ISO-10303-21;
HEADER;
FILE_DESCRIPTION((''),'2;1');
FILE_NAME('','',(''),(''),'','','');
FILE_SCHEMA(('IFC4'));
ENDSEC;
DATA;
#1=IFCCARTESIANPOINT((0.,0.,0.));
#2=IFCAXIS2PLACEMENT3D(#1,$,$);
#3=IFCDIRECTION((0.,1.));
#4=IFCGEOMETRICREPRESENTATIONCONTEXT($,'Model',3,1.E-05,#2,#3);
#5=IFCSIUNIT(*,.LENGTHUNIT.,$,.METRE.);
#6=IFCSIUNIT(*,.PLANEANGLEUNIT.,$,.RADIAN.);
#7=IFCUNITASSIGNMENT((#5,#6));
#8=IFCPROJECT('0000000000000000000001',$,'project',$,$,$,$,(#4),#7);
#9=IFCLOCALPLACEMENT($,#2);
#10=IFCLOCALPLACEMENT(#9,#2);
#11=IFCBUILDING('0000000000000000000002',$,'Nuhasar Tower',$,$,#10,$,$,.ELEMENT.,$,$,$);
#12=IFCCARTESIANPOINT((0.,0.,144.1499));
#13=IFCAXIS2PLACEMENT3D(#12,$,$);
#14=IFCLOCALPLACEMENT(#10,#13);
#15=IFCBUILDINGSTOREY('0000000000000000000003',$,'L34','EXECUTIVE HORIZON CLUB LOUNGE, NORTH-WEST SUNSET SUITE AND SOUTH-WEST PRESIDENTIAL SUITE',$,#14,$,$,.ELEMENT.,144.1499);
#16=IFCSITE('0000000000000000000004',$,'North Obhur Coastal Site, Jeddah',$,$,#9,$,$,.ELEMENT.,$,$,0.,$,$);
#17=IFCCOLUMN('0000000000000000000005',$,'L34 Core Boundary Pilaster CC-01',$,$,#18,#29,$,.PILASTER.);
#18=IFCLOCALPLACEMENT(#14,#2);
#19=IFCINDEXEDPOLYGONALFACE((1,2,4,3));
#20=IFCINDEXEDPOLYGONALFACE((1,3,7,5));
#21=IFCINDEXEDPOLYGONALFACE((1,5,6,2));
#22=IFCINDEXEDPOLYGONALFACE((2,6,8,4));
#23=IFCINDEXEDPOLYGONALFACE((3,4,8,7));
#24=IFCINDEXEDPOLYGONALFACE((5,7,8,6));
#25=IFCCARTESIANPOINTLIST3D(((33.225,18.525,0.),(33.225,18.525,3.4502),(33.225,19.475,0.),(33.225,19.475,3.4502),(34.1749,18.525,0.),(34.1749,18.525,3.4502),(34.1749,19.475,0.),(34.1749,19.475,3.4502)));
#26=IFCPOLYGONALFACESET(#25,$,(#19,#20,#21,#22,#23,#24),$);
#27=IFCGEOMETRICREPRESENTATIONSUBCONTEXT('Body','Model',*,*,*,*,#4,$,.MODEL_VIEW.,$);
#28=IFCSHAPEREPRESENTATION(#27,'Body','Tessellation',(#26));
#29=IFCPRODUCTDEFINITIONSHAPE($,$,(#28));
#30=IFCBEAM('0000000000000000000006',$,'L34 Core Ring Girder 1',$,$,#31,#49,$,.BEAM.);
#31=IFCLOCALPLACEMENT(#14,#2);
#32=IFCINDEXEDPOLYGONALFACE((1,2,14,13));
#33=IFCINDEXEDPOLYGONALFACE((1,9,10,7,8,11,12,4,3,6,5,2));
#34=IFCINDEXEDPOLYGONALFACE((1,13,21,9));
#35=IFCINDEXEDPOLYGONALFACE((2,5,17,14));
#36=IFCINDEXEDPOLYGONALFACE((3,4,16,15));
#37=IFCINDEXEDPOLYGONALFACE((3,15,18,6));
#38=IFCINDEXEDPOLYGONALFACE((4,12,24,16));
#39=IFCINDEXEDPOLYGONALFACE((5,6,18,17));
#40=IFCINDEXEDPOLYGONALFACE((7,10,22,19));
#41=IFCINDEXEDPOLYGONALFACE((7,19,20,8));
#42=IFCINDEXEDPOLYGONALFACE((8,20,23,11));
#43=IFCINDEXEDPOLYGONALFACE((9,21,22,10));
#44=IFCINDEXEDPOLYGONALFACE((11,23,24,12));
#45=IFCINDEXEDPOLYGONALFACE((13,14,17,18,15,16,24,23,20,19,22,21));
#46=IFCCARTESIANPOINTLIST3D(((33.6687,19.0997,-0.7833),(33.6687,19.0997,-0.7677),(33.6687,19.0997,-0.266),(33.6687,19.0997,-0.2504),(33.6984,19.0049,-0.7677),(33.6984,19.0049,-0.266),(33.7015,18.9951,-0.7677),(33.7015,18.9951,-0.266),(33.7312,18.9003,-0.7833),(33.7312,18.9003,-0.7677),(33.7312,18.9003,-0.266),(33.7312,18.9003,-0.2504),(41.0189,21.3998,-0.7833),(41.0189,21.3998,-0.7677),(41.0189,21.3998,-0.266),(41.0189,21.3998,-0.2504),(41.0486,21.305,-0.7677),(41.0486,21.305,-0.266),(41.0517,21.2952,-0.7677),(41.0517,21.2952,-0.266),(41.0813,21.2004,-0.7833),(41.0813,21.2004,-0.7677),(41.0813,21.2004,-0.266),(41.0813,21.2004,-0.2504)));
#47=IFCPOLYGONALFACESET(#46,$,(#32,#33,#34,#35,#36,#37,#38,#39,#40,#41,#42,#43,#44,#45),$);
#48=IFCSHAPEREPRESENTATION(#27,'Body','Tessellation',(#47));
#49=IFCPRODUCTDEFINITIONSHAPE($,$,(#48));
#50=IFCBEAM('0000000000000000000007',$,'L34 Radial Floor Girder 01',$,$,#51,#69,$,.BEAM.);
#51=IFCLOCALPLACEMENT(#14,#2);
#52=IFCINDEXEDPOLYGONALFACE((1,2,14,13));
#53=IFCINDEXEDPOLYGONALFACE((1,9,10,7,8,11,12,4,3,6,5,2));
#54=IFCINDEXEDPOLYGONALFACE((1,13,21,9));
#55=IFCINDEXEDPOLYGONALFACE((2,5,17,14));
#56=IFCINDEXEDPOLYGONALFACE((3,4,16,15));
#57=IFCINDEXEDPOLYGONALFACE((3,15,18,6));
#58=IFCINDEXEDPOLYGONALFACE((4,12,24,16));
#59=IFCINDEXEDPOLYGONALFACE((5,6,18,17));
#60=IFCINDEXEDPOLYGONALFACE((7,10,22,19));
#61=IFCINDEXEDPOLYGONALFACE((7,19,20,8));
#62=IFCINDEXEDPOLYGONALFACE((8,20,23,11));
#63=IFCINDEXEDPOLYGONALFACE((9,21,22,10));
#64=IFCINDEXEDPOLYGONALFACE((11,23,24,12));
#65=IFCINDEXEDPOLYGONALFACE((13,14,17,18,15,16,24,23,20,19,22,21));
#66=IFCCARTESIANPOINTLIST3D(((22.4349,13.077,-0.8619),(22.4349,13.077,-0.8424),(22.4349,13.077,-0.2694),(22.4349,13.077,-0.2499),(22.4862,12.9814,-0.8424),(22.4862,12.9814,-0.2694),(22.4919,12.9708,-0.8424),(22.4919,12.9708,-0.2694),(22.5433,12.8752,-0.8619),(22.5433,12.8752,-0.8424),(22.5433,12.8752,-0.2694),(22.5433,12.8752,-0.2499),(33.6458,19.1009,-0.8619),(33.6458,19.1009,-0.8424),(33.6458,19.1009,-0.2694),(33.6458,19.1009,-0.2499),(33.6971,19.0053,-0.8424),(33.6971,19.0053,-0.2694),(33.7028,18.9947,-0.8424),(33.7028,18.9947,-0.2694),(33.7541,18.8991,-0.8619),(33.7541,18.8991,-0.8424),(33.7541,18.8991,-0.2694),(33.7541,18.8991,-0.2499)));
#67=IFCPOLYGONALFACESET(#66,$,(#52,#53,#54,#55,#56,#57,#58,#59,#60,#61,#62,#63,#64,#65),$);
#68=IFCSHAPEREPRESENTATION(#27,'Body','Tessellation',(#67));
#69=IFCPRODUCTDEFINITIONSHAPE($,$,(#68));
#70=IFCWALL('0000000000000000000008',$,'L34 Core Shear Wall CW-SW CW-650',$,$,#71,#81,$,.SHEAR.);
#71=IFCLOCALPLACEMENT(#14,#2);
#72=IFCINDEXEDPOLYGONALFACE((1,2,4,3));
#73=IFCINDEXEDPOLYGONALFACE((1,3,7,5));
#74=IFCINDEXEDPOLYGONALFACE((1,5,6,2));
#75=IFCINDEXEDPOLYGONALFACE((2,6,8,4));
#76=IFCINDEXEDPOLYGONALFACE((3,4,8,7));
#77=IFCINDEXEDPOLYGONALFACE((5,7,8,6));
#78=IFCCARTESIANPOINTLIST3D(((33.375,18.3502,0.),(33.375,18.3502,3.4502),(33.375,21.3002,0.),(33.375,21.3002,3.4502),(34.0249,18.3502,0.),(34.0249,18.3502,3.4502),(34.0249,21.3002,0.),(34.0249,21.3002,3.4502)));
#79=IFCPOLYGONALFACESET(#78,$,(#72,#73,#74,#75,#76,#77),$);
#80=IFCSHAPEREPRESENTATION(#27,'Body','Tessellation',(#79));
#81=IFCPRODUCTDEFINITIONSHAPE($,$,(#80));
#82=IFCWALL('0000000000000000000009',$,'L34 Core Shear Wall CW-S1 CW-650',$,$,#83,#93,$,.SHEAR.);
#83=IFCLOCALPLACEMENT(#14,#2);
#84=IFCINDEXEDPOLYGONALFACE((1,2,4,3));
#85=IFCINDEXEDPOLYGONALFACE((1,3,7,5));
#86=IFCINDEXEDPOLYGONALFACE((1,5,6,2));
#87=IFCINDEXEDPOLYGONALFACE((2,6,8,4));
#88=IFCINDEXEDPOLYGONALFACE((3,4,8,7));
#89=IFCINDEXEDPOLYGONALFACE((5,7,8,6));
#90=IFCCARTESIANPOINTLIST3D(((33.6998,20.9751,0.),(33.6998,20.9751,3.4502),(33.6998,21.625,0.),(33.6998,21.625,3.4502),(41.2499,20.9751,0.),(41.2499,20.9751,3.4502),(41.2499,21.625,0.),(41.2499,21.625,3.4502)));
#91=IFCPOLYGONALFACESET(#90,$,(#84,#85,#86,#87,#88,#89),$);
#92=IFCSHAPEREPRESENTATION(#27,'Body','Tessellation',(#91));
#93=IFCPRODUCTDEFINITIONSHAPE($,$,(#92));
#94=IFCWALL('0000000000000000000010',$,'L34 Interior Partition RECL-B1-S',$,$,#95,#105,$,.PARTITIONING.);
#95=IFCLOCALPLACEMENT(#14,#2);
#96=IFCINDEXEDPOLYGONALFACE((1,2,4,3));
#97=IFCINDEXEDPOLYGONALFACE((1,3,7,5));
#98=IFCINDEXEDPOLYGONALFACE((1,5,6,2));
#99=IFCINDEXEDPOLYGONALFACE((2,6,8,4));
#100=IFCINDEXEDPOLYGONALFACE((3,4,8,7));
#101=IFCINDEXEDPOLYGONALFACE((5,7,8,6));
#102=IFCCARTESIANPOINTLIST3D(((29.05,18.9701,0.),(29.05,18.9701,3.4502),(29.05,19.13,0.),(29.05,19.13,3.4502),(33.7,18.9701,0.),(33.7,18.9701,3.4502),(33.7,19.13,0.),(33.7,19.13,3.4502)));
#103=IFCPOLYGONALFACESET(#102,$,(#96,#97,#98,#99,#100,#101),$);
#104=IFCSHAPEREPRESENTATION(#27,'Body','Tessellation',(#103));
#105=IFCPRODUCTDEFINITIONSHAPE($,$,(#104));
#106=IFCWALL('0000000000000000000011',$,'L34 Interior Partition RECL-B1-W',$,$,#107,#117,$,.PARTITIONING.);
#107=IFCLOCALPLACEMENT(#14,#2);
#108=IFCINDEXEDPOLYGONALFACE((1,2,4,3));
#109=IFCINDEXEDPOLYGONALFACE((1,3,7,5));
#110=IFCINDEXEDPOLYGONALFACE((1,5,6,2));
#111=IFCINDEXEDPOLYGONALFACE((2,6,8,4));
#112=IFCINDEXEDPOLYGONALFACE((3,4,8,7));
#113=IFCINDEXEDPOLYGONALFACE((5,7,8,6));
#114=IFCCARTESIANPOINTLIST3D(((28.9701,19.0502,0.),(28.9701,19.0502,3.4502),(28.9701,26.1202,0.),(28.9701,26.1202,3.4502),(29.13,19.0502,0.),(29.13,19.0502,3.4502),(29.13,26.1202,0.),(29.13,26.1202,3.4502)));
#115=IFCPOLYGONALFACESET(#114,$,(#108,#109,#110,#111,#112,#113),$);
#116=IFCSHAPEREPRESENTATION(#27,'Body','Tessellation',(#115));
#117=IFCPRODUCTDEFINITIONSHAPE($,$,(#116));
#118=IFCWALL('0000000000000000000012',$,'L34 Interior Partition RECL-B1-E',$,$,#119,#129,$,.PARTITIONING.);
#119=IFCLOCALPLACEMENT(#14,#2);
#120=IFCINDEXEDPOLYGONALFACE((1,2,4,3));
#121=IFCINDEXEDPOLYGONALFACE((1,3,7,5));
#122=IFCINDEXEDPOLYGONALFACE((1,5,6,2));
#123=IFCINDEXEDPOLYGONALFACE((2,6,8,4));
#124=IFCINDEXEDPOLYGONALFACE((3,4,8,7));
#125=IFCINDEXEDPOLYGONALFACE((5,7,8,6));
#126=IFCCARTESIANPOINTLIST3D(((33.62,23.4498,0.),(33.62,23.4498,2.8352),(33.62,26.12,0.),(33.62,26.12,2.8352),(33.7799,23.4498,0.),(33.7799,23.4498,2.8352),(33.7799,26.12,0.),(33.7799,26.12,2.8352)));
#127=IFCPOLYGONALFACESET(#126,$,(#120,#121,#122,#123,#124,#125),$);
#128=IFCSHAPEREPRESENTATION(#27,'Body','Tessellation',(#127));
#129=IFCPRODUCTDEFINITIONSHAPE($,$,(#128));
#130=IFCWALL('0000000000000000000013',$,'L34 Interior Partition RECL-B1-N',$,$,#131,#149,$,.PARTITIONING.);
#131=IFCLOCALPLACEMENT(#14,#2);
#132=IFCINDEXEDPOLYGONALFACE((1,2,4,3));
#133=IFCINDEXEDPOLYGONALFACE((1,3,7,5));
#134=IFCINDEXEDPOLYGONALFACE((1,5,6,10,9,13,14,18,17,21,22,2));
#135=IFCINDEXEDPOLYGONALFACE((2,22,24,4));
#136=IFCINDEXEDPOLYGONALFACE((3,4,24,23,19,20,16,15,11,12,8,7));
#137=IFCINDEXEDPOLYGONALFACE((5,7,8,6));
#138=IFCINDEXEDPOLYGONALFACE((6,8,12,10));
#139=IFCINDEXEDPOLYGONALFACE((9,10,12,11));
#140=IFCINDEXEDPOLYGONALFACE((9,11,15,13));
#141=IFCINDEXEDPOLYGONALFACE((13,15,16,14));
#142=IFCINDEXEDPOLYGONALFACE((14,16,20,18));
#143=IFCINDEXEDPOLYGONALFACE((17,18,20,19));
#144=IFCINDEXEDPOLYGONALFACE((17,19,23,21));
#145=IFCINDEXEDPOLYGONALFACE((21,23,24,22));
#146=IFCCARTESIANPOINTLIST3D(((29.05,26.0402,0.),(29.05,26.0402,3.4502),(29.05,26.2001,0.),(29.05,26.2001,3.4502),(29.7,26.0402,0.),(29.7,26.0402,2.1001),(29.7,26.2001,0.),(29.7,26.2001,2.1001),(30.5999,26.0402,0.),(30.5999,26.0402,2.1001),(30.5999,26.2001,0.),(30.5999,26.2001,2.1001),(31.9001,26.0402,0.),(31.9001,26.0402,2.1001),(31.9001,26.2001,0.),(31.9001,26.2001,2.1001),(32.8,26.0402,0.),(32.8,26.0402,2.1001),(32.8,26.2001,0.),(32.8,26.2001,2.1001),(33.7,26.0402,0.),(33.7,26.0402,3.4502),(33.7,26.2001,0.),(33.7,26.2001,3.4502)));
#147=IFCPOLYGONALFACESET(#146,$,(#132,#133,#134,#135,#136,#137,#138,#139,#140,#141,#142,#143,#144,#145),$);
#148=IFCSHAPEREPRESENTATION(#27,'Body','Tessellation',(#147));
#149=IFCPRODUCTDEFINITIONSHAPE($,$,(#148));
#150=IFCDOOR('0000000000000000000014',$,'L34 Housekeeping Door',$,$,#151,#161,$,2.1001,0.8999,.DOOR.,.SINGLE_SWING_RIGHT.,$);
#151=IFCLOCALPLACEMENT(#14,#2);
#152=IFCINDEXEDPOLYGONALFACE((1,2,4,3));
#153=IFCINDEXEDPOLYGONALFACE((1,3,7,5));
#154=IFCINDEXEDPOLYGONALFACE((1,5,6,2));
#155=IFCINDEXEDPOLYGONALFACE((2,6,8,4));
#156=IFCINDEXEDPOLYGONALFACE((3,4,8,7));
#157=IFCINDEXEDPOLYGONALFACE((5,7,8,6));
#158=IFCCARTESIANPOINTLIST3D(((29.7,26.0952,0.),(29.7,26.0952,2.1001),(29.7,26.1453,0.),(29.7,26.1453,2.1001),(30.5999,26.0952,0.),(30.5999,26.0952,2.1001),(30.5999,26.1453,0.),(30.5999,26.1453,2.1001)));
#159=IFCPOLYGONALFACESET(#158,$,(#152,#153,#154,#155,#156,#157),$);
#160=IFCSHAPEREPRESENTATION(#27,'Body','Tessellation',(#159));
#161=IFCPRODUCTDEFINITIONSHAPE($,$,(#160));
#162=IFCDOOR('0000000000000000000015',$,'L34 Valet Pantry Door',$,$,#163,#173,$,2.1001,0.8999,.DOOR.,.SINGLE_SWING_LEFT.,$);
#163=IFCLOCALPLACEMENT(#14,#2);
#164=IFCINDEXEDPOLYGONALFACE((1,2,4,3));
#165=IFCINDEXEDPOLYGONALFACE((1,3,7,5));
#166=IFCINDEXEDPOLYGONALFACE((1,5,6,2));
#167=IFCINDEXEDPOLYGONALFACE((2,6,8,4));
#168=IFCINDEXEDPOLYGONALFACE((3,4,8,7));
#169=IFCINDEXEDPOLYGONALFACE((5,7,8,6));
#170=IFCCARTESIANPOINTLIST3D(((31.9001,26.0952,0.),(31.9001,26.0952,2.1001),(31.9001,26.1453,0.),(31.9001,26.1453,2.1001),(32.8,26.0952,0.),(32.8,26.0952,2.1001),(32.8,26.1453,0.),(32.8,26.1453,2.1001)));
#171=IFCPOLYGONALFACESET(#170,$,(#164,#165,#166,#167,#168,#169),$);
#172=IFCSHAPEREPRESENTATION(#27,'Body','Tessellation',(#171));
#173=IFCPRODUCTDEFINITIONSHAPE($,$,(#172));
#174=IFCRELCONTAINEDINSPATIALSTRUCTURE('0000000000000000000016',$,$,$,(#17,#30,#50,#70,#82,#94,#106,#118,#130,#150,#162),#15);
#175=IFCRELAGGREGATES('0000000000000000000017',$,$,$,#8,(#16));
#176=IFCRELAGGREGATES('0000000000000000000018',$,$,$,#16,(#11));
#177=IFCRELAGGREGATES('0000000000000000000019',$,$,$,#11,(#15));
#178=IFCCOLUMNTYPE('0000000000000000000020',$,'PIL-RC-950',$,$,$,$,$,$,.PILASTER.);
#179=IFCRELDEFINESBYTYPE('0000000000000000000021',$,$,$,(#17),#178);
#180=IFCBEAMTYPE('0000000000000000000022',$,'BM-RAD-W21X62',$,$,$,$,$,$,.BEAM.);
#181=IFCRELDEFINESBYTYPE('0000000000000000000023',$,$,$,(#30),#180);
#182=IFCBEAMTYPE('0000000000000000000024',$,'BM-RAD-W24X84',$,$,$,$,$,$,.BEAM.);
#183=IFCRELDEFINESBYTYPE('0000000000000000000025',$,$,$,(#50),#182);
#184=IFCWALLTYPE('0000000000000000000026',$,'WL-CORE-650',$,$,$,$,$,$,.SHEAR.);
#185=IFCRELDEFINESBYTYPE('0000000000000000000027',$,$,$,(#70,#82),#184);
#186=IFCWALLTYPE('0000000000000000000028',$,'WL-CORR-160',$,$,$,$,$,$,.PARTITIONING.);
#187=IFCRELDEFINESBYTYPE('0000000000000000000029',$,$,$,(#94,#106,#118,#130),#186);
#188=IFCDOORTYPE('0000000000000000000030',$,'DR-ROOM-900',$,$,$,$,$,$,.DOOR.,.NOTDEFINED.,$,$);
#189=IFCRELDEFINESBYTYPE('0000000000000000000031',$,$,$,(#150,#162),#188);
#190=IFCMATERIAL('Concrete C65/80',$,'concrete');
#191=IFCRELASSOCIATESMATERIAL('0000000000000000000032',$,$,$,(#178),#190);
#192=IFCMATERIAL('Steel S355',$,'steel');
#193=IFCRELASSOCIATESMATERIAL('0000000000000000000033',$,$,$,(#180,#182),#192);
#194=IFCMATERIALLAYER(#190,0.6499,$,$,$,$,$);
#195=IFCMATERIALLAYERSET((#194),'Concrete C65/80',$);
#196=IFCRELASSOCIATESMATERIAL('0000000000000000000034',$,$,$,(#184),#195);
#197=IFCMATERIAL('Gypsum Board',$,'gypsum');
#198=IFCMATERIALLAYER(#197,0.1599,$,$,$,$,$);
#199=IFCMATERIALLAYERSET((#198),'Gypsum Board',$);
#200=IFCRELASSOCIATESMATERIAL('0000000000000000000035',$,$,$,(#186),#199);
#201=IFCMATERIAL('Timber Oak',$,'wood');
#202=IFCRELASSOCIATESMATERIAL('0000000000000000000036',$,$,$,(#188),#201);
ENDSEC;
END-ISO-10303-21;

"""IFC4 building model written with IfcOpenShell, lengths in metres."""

from ifc_helpers import new_model, si_unit, direction, frame, frame_2d, origin, origin_2d, place, context, subcontext, project, spatial, rectangle, i_section, extrude, material, layer, layer_set, material_profile, profile_set, type_object, element, fill, save


model = new_model("IFC4")

# Units and contexts
model_context = context("Model", 3, precision=1e-05, world=origin(), true_north=direction((0.0, 1.0)))
body_context = subcontext(model_context, "Body", "Model", "MODEL_VIEW")
ifc_project = project(units=[si_unit("LENGTHUNIT", "METRE"), si_unit("PLANEANGLEUNIT", "RADIAN")], contexts=[model_context])

# Site, building, storey
site_placement = place(None, origin())
site = spatial("IfcSite", under=ifc_project, at=site_placement, Name="North Obhur Coastal Site, Jeddah", CompositionType="ELEMENT", RefElevation=0.0)
building_placement = place(site_placement, origin())
building = spatial("IfcBuilding", under=site, at=building_placement, Name="Nuhasar Tower", CompositionType="ELEMENT")
storey_placement = place(building_placement, frame((0.0, 0.0, 144.1499)))
storey = spatial("IfcBuildingStorey", under=building, at=storey_placement, Name="L34", Description="EXECUTIVE HORIZON CLUB LOUNGE, NORTH-WEST SUNSET SUITE AND SOUTH-WEST PRESIDENTIAL SUITE", CompositionType="ELEMENT", Elevation=144.1499)

# Column
ifc_material_1 = material(Name="Concrete C65/80", Category="concrete")
ifc_material_profile_1 = material_profile(ifc_material_1, rectangle(XDim=0.95, YDim=0.95, at=origin_2d()), Name="RC950X950")
ifc_profile_set_1 = profile_set([ifc_material_profile_1], Name="Concrete C65/80")
column_type = type_object("IfcColumnType", Name="PIL-RC-950", PredefinedType="PILASTER", material=ifc_profile_set_1)
column_placement = place(storey_placement, frame((33.7, 19.0, 0.0), z_axis=(0.0, 0.0, 1.0), x_axis=(1.0, 0.0, 0.0)))
element("IfcColumn", 1, at=column_placement, inside=storey, type_object=column_type, Name="L34 Core Boundary Pilaster CC-01", PredefinedType="PILASTER", context=body_context, shape_type="SweptSolid", body=[
    extrude(rectangle(XDim=0.95, YDim=0.95, at=origin_2d()), origin(), (0.0, 0.0, 1.0), 3.4502),
])

# Beams
ifc_material_2 = material(Name="Steel S355", Category="steel")
ifc_material_profile_2 = material_profile(ifc_material_2, i_section(OverallWidth=0.209, OverallDepth=0.533, WebThickness=0.0103, FlangeThickness=0.0156, at=origin_2d()), Name="W21X62")
ifc_profile_set_2 = profile_set([ifc_material_profile_2], Name="Steel S355")
beam_type_1 = type_object("IfcBeamType", Name="BM-RAD-W21X62", PredefinedType="BEAM", material=ifc_profile_set_2)
beam_1_placement = place(storey_placement, frame((33.7, 19.0, -0.5168), z_axis=(0.954364, 0.298647, 0.0), x_axis=(-0.298647, 0.954364, 0.0)))
element("IfcBeam", 2, at=beam_1_placement, inside=storey, type_object=beam_type_1, Name="L34 Core Ring Girder 1", PredefinedType="BEAM", context=body_context, shape_type="SweptSolid", body=[
    extrude(i_section(OverallWidth=0.209, OverallDepth=0.533, WebThickness=0.0103, FlangeThickness=0.0156, at=origin_2d()), origin(), (0.0, 0.0, 1.0), 7.7017),
])
ifc_material_profile_3 = material_profile(ifc_material_2, i_section(OverallWidth=0.229, OverallDepth=0.6121, WebThickness=0.012, FlangeThickness=0.0195, at=origin_2d()), Name="W24X84")
ifc_profile_set_3 = profile_set([ifc_material_profile_3], Name="Steel S355")
beam_type_2 = type_object("IfcBeamType", Name="BM-RAD-W24X84", PredefinedType="BEAM", material=ifc_profile_set_3)
beam_2_placement = place(storey_placement, frame((33.7, 19.0, -0.5559), z_axis=(-0.880888, -0.473324, 0.0), x_axis=(0.473324, -0.880888, 0.0)))
element("IfcBeam", 3, at=beam_2_placement, inside=storey, type_object=beam_type_2, Name="L34 Radial Floor Girder 01", PredefinedType="BEAM", context=body_context, shape_type="SweptSolid", body=[
    extrude(i_section(OverallWidth=0.229, OverallDepth=0.6121, WebThickness=0.012, FlangeThickness=0.0195, at=origin_2d()), origin(), (0.0, 0.0, 1.0), 12.7268),
])

# Walls
ifc_layer_1 = layer(ifc_material_1, 0.6499)
ifc_layer_set_1 = layer_set([ifc_layer_1], Name="Concrete C65/80")
wall_type_1 = type_object("IfcWallType", Name="WL-CORE-650", PredefinedType="SHEAR", material=ifc_layer_set_1)
wall_1_placement = place(storey_placement, frame((33.7, 18.3501, 0.0), z_axis=(0.0, 0.0, 1.0), x_axis=(0.0, 1.0, 0.0)))
element("IfcWall", 4, at=wall_1_placement, inside=storey, type_object=wall_type_1, Name="L34 Core Shear Wall CW-SW CW-650", PredefinedType="SHEAR", context=body_context, shape_type="SweptSolid", body=[
    extrude(rectangle(XDim=2.95, YDim=0.6499, at=frame_2d((1.4751, 0.0))), origin(), (0.0, 0.0, 1.0), 3.4502),
])
wall_2_placement = place(storey_placement, frame((33.7, 21.3, 0.0), z_axis=(0.0, 0.0, 1.0), x_axis=(1.0, 0.0, 0.0)))
element("IfcWall", 5, at=wall_2_placement, inside=storey, type_object=wall_type_1, Name="L34 Core Shear Wall CW-S1 CW-650", PredefinedType="SHEAR", context=body_context, shape_type="SweptSolid", body=[
    extrude(rectangle(XDim=7.55, YDim=0.6499, at=frame_2d((3.7749, 0.0))), origin(), (0.0, 0.0, 1.0), 3.4502),
])
ifc_material_3 = material(Name="Gypsum Board", Category="gypsum")
ifc_layer_2 = layer(ifc_material_3, 0.1599)
ifc_layer_set_2 = layer_set([ifc_layer_2], Name="Gypsum Board")
wall_type_2 = type_object("IfcWallType", Name="WL-CORR-160", PredefinedType="PARTITIONING", material=ifc_layer_set_2)
wall_3_placement = place(storey_placement, frame((29.05, 19.05, 0.0), z_axis=(0.0, 0.0, 1.0), x_axis=(1.0, 0.0, 0.0)))
element("IfcWall", 6, at=wall_3_placement, inside=storey, type_object=wall_type_2, Name="L34 Interior Partition RECL-B1-S", PredefinedType="PARTITIONING", context=body_context, shape_type="SweptSolid", body=[
    extrude(rectangle(XDim=4.6499, YDim=0.1599, at=frame_2d((2.325, 0.0))), origin(), (0.0, 0.0, 1.0), 3.4502),
])
wall_4_placement = place(storey_placement, frame((29.05, 19.05, 0.0), z_axis=(0.0, 0.0, 1.0), x_axis=(0.0, 1.0, 0.0)))
element("IfcWall", 7, at=wall_4_placement, inside=storey, type_object=wall_type_2, Name="L34 Interior Partition RECL-B1-W", PredefinedType="PARTITIONING", context=body_context, shape_type="SweptSolid", body=[
    extrude(rectangle(XDim=7.0701, YDim=0.1599, at=frame_2d((3.5352, 0.0))), origin(), (0.0, 0.0, 1.0), 3.4502),
])
wall_5_placement = place(storey_placement, frame((33.7, 23.45, 0.0), z_axis=(0.0, 0.0, 1.0), x_axis=(0.0, 1.0, 0.0)))
element("IfcWall", 8, at=wall_5_placement, inside=storey, type_object=wall_type_2, Name="L34 Interior Partition RECL-B1-E", PredefinedType="PARTITIONING", context=body_context, shape_type="SweptSolid", body=[
    extrude(rectangle(XDim=2.6702, YDim=0.1599, at=frame_2d((1.335, 0.0))), origin(), (0.0, 0.0, 1.0), 2.8352),
])

# Wall, openings, doors
wall_6_placement = place(storey_placement, frame((33.7, 26.1201, 0.0), z_axis=(0.0, 0.0, 1.0), x_axis=(-1.0, 0.0, 0.0)))
wall_6 = element("IfcWall", 9, at=wall_6_placement, inside=storey, type_object=wall_type_2, Name="L34 Interior Partition RECL-B1-N", PredefinedType="PARTITIONING", context=body_context, shape_type="SweptSolid", body=[
    extrude(rectangle(XDim=4.6499, YDim=0.1599, at=frame_2d((2.325, 0.0))), origin(), (0.0, 0.0, 1.0), 3.4502),
])
opening_1_placement = place(wall_6_placement, frame((3.1001, 0.0, 0.0)))
opening_1 = element("IfcOpeningElement", 10, at=opening_1_placement, cuts=wall_6, PredefinedType="OPENING", context=body_context, shape_type="SweptSolid", body=[
    extrude(rectangle(XDim=0.8999, YDim=2.1001, at=frame_2d((0.45, 1.05))), frame((0.0, 0.0898, 0.0), z_axis=(0.0, -1.0, 0.0), x_axis=(1.0, 0.0, 0.0)), (0.0, 0.0, 1.0), 0.1799),
])
opening_2_placement = place(wall_6_placement, frame((0.8999, 0.0, 0.0)))
opening_2 = element("IfcOpeningElement", 11, at=opening_2_placement, cuts=wall_6, PredefinedType="OPENING", context=body_context, shape_type="SweptSolid", body=[
    extrude(rectangle(XDim=0.8999, YDim=2.1001, at=frame_2d((0.45, 1.05))), frame((0.0, 0.0898, 0.0), z_axis=(0.0, -1.0, 0.0), x_axis=(1.0, 0.0, 0.0)), (0.0, 0.0, 1.0), 0.1799),
])
ifc_material_4 = material(Name="Timber Oak", Category="wood")
door_type_1 = type_object("IfcDoorType", Name="DR-ROOM-900", OperationType="NOTDEFINED", PredefinedType="DOOR", material=ifc_material_4)
door_1_placement = place(opening_1_placement, origin())
door_1 = element("IfcDoor", 12, at=door_1_placement, inside=storey, type_object=door_type_1, Name="L34 Housekeeping Door", OperationType="SINGLE_SWING_RIGHT", OverallHeight=2.1001, OverallWidth=0.8999, PredefinedType="DOOR", context=body_context, shape_type="SweptSolid", body=[
    extrude(rectangle(XDim=0.8999, YDim=2.1001, at=frame_2d((0.45, 1.05))), frame((0.0, 0.0249, 0.0), z_axis=(0.0, -1.0, 0.0), x_axis=(1.0, 0.0, 0.0)), (0.0, 0.0, 1.0), 0.05),
])
fill(opening_1, door_1)
door_2_placement = place(opening_2_placement, origin())
door_2 = element("IfcDoor", 13, at=door_2_placement, inside=storey, type_object=door_type_1, Name="L34 Valet Pantry Door", OperationType="SINGLE_SWING_LEFT", OverallHeight=2.1001, OverallWidth=0.8999, PredefinedType="DOOR", context=body_context, shape_type="SweptSolid", body=[
    extrude(rectangle(XDim=0.8999, YDim=2.1001, at=frame_2d((0.45, 1.05))), frame((0.0, 0.0249, 0.0), z_axis=(0.0, -1.0, 0.0), x_axis=(1.0, 0.0, 0.0)), (0.0, 0.0, 1.0), 0.05),
])
fill(opening_2, door_2)

save(model, "model.ifc")
